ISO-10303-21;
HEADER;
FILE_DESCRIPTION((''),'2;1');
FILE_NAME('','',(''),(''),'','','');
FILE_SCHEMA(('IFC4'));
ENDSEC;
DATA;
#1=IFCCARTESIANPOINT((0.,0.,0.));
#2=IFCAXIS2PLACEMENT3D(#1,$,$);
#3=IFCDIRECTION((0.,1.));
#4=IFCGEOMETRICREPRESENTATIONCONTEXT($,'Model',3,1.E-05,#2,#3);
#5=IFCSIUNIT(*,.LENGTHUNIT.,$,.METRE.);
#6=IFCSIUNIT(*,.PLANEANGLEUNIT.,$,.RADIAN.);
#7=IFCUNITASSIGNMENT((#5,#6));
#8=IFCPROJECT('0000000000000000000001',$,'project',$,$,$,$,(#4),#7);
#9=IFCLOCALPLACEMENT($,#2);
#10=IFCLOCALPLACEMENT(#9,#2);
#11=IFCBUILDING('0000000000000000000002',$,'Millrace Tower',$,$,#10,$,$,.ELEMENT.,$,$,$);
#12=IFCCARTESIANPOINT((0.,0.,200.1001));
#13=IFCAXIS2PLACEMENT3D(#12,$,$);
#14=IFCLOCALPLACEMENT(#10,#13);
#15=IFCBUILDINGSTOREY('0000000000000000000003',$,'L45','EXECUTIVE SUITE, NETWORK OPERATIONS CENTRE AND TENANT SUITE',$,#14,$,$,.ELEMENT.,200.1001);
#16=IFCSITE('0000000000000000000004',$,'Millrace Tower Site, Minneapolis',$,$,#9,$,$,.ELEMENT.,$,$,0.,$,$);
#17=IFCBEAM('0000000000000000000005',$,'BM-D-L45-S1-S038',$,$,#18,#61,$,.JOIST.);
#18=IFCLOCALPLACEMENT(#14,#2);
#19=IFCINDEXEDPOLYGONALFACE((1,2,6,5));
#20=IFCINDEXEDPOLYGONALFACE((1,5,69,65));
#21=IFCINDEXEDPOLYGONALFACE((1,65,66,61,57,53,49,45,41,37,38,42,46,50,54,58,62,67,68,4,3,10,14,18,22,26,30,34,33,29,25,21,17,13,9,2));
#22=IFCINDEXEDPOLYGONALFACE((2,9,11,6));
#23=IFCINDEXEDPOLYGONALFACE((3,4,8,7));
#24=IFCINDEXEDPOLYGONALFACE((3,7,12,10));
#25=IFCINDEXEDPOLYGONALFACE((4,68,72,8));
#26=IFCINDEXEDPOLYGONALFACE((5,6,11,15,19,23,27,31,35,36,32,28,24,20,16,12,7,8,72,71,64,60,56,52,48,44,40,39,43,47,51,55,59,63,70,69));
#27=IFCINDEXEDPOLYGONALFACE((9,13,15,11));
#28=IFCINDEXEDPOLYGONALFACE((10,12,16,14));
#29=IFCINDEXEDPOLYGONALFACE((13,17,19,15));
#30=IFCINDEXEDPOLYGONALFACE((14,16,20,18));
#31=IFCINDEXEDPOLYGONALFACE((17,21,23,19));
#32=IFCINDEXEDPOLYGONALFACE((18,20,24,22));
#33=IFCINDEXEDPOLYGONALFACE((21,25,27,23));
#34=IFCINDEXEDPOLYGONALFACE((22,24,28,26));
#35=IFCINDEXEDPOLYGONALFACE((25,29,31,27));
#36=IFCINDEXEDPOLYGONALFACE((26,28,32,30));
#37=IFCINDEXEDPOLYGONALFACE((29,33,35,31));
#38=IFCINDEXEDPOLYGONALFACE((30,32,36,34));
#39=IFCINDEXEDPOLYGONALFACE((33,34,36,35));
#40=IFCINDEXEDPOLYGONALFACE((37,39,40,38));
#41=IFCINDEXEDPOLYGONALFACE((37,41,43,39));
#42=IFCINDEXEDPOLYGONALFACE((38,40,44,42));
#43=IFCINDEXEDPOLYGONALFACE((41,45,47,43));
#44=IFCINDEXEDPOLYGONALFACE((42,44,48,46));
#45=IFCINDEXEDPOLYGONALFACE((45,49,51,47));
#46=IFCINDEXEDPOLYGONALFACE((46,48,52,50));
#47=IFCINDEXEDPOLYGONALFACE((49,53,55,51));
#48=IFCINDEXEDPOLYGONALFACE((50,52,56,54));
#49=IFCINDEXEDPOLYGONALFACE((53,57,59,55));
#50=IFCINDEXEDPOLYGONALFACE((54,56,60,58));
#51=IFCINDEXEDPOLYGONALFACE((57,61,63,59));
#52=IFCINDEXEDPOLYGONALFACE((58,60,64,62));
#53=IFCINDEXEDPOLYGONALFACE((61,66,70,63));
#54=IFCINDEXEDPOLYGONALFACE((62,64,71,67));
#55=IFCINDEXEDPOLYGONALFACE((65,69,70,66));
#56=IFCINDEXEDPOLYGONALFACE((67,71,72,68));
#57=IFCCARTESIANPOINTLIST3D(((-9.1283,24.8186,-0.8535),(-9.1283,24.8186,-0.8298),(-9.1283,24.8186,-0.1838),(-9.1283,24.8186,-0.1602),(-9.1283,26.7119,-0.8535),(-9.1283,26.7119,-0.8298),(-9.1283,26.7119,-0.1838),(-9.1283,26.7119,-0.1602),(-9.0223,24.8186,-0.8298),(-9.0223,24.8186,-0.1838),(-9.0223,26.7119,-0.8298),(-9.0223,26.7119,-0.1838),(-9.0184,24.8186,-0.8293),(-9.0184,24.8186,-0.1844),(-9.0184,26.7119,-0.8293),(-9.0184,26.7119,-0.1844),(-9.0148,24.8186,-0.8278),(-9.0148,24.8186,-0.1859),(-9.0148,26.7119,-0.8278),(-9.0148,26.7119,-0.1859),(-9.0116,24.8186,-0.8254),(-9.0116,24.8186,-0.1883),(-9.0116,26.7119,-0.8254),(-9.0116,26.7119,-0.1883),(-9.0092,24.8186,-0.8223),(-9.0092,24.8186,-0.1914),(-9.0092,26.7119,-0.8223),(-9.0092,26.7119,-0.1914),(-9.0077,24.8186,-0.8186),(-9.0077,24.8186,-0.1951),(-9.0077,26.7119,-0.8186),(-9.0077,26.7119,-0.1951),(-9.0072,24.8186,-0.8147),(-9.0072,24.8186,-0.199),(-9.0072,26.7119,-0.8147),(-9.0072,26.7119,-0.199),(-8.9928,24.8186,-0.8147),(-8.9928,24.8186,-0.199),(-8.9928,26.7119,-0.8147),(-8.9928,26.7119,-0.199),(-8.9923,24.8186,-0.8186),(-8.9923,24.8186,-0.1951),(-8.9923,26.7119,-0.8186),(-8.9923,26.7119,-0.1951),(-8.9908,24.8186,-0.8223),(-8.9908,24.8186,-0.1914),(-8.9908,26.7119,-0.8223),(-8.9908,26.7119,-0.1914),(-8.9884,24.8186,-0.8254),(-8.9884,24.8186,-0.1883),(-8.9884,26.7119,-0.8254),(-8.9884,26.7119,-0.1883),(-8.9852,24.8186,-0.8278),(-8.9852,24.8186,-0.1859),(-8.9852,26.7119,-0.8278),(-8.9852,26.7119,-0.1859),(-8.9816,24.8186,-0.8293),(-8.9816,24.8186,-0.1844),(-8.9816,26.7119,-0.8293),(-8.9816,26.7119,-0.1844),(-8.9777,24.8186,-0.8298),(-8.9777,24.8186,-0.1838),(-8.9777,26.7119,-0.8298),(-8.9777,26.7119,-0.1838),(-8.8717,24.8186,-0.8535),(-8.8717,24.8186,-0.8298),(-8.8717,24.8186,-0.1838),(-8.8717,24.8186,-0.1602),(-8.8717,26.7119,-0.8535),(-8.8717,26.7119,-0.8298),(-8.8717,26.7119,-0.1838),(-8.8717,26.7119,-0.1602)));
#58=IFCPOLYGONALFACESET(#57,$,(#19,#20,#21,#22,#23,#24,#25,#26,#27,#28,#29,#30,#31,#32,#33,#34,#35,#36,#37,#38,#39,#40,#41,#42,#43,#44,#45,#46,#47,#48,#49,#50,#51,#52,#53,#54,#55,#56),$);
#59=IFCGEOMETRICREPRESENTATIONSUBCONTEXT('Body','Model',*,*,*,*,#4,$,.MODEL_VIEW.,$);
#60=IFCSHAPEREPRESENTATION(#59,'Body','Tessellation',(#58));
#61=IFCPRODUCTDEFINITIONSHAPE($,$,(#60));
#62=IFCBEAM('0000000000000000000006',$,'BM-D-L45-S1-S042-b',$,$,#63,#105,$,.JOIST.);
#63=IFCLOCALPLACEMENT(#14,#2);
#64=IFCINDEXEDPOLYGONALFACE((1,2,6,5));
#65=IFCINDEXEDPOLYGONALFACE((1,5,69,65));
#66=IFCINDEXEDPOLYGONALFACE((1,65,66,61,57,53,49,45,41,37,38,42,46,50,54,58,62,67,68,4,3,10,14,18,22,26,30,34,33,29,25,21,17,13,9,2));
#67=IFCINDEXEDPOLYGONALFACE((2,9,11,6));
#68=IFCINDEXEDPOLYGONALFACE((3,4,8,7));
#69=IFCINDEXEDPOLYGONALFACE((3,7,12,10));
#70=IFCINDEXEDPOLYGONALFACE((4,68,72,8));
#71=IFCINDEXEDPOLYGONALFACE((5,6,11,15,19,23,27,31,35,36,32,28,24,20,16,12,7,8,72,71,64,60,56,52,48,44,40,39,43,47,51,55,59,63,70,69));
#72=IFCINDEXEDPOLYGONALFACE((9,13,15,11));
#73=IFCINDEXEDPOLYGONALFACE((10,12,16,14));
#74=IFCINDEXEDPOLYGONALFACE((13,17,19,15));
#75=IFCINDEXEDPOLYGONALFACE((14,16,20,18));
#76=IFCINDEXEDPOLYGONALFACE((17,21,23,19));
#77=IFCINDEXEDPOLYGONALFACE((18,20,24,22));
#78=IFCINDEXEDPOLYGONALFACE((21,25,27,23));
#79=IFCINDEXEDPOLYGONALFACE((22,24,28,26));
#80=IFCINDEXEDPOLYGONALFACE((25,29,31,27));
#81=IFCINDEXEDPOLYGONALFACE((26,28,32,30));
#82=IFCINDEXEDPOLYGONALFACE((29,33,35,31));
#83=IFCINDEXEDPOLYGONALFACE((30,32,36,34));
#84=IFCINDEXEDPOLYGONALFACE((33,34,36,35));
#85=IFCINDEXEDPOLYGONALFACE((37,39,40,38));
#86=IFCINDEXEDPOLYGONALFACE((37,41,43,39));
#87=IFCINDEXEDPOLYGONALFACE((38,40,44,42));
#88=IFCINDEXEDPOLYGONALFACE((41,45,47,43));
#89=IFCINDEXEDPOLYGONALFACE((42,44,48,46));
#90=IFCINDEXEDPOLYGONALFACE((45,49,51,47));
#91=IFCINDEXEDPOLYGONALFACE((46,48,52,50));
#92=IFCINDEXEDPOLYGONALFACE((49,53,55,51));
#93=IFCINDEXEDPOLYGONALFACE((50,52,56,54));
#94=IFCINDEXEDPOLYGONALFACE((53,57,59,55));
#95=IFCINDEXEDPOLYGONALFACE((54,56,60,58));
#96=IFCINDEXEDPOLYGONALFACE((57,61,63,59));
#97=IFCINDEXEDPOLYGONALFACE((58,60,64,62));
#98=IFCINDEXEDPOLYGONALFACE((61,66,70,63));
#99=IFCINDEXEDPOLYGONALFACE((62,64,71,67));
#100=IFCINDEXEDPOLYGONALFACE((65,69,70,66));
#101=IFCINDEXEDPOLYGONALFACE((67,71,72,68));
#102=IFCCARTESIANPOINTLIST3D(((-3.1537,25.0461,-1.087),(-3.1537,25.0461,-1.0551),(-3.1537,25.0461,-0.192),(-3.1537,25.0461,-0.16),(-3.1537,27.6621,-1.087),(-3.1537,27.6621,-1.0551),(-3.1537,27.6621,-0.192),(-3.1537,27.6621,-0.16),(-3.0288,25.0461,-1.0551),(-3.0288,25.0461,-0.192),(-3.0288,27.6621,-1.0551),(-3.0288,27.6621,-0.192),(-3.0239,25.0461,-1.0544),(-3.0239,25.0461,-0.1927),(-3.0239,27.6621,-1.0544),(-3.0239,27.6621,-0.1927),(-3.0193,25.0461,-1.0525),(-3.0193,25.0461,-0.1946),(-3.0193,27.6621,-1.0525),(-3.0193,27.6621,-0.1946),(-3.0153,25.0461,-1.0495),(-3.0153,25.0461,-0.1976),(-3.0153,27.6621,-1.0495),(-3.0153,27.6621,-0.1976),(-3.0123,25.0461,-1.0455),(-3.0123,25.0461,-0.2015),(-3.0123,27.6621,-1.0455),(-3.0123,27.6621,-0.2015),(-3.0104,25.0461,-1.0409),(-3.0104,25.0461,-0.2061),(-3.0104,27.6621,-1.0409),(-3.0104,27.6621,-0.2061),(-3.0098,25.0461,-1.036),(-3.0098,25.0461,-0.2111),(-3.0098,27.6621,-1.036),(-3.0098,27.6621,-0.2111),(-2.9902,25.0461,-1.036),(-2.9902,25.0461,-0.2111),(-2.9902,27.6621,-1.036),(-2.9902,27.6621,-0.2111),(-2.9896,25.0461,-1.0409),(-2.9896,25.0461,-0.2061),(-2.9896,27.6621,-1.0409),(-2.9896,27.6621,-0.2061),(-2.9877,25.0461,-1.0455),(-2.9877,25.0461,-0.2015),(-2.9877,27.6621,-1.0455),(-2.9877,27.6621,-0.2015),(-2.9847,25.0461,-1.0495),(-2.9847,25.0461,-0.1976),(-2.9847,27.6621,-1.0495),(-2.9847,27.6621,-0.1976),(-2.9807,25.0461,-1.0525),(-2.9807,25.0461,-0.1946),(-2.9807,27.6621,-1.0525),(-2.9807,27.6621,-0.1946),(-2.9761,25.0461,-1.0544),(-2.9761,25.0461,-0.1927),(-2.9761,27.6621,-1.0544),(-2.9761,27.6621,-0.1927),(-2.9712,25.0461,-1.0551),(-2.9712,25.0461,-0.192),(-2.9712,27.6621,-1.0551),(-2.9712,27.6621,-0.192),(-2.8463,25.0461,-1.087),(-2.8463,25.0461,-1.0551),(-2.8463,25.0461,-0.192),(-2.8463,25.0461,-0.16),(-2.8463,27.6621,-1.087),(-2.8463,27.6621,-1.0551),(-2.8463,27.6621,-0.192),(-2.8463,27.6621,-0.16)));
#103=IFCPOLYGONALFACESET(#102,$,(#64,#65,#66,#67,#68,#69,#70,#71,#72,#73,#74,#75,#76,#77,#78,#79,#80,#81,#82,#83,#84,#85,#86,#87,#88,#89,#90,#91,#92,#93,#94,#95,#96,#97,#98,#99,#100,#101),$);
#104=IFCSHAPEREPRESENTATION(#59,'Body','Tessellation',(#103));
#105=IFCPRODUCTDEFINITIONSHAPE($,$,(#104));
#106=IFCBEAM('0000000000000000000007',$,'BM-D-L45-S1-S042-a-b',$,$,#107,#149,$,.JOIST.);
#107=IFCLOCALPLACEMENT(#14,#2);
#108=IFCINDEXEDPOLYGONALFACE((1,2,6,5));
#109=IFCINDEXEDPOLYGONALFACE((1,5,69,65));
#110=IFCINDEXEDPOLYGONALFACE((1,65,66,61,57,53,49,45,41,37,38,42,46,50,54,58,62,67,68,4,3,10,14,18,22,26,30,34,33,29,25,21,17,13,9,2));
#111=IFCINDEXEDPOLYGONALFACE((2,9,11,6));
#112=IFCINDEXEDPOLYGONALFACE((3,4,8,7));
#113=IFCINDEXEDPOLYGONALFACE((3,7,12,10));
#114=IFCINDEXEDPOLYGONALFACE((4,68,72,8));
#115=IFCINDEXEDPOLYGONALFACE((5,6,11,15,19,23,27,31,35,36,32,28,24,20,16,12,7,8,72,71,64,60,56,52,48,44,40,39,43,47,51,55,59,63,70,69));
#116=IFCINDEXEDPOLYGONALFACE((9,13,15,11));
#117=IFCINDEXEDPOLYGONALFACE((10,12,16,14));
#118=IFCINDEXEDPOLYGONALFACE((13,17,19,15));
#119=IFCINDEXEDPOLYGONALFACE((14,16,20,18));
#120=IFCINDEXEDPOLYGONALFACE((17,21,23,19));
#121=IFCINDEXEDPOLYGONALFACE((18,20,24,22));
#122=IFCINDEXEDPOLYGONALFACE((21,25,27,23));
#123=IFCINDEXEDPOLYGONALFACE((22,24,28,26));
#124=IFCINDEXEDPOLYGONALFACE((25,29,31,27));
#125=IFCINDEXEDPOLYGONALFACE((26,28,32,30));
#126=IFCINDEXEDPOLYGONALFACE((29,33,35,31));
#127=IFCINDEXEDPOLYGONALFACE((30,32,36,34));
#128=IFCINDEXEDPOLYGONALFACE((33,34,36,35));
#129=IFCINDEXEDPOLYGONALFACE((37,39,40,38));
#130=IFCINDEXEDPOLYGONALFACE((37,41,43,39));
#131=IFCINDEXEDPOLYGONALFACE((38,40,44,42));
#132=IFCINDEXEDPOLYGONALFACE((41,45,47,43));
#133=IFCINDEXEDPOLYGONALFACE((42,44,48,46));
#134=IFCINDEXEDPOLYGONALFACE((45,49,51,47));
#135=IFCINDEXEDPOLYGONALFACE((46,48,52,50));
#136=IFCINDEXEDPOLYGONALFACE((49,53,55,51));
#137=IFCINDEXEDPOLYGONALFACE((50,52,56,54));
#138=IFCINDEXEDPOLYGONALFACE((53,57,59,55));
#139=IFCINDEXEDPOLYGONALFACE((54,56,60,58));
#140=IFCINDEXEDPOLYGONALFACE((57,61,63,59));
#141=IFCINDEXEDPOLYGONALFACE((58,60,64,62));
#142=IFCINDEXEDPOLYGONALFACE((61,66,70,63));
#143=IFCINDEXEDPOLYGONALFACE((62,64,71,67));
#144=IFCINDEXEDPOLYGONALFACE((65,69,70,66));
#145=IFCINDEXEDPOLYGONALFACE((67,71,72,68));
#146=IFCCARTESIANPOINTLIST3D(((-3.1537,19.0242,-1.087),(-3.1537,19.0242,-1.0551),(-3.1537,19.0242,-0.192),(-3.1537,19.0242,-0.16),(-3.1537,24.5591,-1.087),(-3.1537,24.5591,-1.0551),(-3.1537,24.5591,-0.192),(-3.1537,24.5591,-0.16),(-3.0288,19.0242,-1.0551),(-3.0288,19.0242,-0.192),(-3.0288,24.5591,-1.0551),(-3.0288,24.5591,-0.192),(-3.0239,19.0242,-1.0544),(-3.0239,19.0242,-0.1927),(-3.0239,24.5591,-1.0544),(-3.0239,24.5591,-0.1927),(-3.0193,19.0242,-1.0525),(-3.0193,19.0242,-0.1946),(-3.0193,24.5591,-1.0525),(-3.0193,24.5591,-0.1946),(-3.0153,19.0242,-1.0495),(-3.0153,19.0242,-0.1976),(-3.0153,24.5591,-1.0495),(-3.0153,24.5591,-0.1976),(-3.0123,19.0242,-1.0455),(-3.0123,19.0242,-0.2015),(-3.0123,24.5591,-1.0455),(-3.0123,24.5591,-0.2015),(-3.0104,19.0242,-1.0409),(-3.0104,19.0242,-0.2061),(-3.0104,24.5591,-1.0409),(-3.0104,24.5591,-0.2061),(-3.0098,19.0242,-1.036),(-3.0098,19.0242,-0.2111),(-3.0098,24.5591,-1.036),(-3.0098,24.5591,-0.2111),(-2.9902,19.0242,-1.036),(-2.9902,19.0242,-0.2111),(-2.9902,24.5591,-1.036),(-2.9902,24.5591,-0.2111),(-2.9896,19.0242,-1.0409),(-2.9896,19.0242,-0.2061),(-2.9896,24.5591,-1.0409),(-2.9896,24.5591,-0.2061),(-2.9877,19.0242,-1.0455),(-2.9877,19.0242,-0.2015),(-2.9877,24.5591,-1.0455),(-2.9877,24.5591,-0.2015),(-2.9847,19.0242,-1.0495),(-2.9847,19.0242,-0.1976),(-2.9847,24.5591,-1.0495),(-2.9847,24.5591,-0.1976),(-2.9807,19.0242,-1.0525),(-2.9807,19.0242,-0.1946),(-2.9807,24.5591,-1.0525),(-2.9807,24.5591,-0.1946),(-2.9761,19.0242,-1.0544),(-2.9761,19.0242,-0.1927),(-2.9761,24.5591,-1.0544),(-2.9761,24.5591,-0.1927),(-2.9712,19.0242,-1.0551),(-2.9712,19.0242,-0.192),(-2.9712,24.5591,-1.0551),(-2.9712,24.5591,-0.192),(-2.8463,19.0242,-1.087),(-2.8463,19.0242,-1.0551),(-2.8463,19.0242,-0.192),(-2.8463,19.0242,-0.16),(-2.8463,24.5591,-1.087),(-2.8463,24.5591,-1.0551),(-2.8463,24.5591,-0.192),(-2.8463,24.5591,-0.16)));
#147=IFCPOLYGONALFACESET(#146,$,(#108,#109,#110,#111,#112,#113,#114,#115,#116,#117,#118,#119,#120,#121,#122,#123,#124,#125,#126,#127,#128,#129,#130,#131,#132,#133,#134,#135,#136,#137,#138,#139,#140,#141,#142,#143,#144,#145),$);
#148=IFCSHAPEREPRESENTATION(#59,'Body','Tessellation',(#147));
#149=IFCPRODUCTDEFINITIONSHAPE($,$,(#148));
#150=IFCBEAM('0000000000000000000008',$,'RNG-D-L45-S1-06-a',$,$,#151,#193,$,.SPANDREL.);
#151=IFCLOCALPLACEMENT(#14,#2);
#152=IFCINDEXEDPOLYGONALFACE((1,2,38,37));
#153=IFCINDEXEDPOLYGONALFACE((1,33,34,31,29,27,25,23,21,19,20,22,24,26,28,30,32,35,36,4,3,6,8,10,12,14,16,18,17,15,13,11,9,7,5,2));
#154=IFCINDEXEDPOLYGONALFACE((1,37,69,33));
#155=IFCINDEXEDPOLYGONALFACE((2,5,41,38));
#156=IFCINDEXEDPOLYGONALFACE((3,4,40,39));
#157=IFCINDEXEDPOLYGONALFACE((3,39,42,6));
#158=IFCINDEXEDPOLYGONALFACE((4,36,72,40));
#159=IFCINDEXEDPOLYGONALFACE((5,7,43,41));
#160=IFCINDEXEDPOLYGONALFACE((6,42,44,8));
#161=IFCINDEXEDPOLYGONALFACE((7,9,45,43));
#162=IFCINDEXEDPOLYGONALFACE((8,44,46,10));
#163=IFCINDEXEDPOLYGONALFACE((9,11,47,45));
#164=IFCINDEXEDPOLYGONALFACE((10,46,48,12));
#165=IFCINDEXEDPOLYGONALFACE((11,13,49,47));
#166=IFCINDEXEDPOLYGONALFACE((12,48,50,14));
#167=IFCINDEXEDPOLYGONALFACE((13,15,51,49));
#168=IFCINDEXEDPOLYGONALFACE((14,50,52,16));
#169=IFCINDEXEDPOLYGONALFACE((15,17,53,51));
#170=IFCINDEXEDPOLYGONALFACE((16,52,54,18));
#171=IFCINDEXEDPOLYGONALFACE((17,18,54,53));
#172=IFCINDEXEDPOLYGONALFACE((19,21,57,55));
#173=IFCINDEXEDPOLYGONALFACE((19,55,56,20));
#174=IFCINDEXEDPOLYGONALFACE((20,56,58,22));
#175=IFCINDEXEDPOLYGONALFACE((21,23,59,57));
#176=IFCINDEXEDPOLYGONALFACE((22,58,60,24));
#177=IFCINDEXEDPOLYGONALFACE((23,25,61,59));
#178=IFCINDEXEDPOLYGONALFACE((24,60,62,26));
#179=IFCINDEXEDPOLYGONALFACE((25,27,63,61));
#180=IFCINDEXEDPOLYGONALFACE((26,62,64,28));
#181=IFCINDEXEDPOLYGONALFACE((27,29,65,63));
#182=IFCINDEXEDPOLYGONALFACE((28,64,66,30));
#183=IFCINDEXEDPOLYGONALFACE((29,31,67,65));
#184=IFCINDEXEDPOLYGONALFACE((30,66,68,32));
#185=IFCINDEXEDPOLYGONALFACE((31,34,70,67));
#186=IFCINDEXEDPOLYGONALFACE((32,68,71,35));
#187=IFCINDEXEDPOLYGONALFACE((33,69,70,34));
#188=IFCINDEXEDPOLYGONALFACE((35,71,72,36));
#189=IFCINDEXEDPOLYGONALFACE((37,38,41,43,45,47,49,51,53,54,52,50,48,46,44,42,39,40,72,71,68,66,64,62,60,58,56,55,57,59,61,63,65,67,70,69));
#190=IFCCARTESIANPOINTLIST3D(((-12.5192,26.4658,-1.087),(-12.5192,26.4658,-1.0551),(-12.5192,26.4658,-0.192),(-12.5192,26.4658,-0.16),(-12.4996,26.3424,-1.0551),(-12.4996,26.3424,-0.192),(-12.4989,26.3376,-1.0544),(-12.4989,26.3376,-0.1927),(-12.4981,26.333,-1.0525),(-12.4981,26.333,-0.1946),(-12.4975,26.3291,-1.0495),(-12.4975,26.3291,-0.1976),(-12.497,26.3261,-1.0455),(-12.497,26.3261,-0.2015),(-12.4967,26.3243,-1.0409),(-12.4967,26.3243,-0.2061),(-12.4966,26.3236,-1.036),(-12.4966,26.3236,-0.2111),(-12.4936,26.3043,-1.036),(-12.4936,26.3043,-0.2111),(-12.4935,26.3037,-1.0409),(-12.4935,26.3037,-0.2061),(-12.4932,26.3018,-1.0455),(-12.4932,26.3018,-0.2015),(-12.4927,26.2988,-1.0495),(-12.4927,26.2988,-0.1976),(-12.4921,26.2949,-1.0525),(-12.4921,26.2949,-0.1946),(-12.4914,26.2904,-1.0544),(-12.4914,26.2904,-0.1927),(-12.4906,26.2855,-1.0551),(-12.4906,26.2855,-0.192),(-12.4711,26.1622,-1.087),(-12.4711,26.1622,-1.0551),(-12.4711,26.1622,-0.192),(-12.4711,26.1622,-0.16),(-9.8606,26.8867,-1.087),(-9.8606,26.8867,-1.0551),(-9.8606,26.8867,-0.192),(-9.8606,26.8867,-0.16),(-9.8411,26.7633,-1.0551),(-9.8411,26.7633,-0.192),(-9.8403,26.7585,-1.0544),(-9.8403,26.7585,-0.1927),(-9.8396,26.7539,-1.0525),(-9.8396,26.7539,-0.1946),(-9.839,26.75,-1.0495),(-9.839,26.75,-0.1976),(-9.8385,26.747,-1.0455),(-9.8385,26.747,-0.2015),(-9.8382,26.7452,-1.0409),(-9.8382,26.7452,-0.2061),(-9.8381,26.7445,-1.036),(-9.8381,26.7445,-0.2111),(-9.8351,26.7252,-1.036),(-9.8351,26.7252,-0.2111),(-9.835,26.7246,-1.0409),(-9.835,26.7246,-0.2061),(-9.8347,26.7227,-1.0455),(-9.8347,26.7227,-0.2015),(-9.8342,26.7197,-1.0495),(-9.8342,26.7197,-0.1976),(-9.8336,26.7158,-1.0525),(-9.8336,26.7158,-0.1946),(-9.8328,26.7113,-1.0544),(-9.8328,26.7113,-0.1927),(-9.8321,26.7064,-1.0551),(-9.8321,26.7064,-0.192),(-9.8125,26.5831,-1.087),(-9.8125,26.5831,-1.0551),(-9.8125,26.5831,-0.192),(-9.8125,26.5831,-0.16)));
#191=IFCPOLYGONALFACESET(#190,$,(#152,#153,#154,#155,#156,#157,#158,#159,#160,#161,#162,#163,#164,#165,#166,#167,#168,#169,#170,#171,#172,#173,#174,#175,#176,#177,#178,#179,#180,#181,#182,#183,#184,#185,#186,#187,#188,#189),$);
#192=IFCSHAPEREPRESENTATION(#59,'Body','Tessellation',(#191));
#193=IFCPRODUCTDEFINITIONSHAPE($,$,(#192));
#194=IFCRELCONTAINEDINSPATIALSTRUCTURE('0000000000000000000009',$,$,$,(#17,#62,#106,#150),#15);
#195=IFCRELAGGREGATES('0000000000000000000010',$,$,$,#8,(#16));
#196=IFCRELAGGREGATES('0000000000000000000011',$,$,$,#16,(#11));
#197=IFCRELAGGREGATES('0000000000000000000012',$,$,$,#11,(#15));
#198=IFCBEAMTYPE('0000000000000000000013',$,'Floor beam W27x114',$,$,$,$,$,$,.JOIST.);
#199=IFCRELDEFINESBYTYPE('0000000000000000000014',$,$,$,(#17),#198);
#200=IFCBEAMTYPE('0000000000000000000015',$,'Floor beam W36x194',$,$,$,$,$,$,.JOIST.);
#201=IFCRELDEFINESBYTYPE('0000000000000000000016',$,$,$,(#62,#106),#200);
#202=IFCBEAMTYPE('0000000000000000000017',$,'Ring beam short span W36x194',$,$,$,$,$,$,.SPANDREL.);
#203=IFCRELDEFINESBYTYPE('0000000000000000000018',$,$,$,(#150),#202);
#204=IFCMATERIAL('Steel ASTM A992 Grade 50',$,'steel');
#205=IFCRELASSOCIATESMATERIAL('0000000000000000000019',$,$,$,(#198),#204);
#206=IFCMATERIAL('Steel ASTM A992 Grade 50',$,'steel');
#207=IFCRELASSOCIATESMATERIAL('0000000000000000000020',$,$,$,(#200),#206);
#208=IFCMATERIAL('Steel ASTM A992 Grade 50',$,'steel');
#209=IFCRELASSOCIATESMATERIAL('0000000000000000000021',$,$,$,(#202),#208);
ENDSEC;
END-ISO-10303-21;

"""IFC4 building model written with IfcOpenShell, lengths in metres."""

from ifc_helpers import new_model, si_unit, direction, frame, origin, origin_2d, place, context, subcontext, project, spatial, i_section, extrude, material, material_profile, profile_set, type_object, element, save


model = new_model("IFC4")

# Units and contexts
model_context = context("Model", 3, precision=1e-05, world=origin(), true_north=direction((0.0, 1.0)))
body_context = subcontext(model_context, "Body", "Model", "MODEL_VIEW")
ifc_project = project(units=[si_unit("LENGTHUNIT", "METRE"), si_unit("PLANEANGLEUNIT", "RADIAN")], contexts=[model_context])

# Site, building, storey
site_placement = place(None, origin())
site = spatial("IfcSite", under=ifc_project, at=site_placement, Name="Millrace Tower Site, Minneapolis", CompositionType="ELEMENT", RefElevation=0.0)
building_placement = place(site_placement, origin())
building = spatial("IfcBuilding", under=site, at=building_placement, Name="Millrace Tower", CompositionType="ELEMENT")
storey_placement = place(building_placement, frame((0.0, 0.0, 200.1001)))
storey = spatial("IfcBuildingStorey", under=building, at=storey_placement, Name="L45", Description="EXECUTIVE SUITE, NETWORK OPERATIONS CENTRE AND TENANT SUITE", CompositionType="ELEMENT", Elevation=200.1001)

# Beams
ifc_material_1 = material(Name="Steel ASTM A992 Grade 50", Category="steel")
ifc_material_profile_1 = material_profile(ifc_material_1, i_section(OverallWidth=0.2566, OverallDepth=0.6934, WebThickness=0.0144, FlangeThickness=0.0237, FilletRadius=0.0151, at=origin_2d()))
ifc_profile_set_1 = profile_set([ifc_material_profile_1], Name="Steel ASTM A992 Grade 50")
beam_type_1 = type_object("IfcBeamType", Name="Floor beam W27x114", PredefinedType="JOIST", material=ifc_profile_set_1)
beam_1_placement = place(storey_placement, frame((-9.0, 24.8186, -0.5068), z_axis=(0.0, 1.0, 0.0), x_axis=(-1.0, 0.0, 0.0)))
element("IfcBeam", 1, at=beam_1_placement, inside=storey, type_object=beam_type_1, Name="BM-D-L45-S1-S038", PredefinedType="JOIST", context=body_context, shape_type="SweptSolid", body=[
    extrude(i_section(OverallWidth=0.2566, OverallDepth=0.6934, WebThickness=0.0144, FlangeThickness=0.0237, FilletRadius=0.0151, at=origin_2d()), origin(), (0.0, 0.0, 1.0), 1.8933),
])
ifc_material_2 = material(Name="Steel ASTM A992 Grade 50", Category="steel")
ifc_material_profile_2 = material_profile(ifc_material_2, i_section(OverallWidth=0.3074, OverallDepth=0.927, WebThickness=0.0195, FlangeThickness=0.032, FilletRadius=0.019, at=origin_2d()))
ifc_profile_set_2 = profile_set([ifc_material_profile_2], Name="Steel ASTM A992 Grade 50")
beam_type_2 = type_object("IfcBeamType", Name="Floor beam W36x194", PredefinedType="JOIST", material=ifc_profile_set_2)
beam_2_placement = place(storey_placement, frame((-3.0, 25.0461, -0.6235), z_axis=(0.0, 1.0, 0.0), x_axis=(-1.0, 0.0, 0.0)))
element("IfcBeam", 2, at=beam_2_placement, inside=storey, type_object=beam_type_2, Name="BM-D-L45-S1-S042-b", PredefinedType="JOIST", context=body_context, shape_type="SweptSolid", body=[
    extrude(i_section(OverallWidth=0.3074, OverallDepth=0.927, WebThickness=0.0195, FlangeThickness=0.032, FilletRadius=0.019, at=origin_2d()), origin(), (0.0, 0.0, 1.0), 2.616),
])
beam_3_placement = place(storey_placement, frame((-3.0, 19.0242, -0.6235), z_axis=(0.0, 1.0, 0.0), x_axis=(-1.0, 0.0, 0.0)))
element("IfcBeam", 3, at=beam_3_placement, inside=storey, type_object=beam_type_2, Name="BM-D-L45-S1-S042-a-b", PredefinedType="JOIST", context=body_context, shape_type="SweptSolid", body=[
    extrude(i_section(OverallWidth=0.3074, OverallDepth=0.927, WebThickness=0.0195, FlangeThickness=0.032, FilletRadius=0.019, at=origin_2d()), origin(), (0.0, 0.0, 1.0), 5.5349),
])
ifc_material_3 = material(Name="Steel ASTM A992 Grade 50", Category="steel")
ifc_material_profile_3 = material_profile(ifc_material_3, i_section(OverallWidth=0.3074, OverallDepth=0.927, WebThickness=0.0195, FlangeThickness=0.032, FilletRadius=0.019, at=origin_2d()))
ifc_profile_set_3 = profile_set([ifc_material_profile_3], Name="Steel ASTM A992 Grade 50")
beam_type_3 = type_object("IfcBeamType", Name="Ring beam short span W36x194", PredefinedType="SPANDREL", material=ifc_profile_set_3)
beam_4_placement = place(storey_placement, frame((-12.4951, 26.314, -0.6235), z_axis=(0.987697, 0.156377, 0.0), x_axis=(-0.156377, 0.987697, 0.0)))
element("IfcBeam", 4, at=beam_4_placement, inside=storey, type_object=beam_type_3, Name="RNG-D-L45-S1-06-a", PredefinedType="SPANDREL", context=body_context, shape_type="SweptSolid", body=[
    extrude(i_section(OverallWidth=0.3074, OverallDepth=0.927, WebThickness=0.0195, FlangeThickness=0.032, FilletRadius=0.019, at=origin_2d()), origin(), (0.0, 0.0, 1.0), 2.6917),
])

save(model, "model.ifc")
